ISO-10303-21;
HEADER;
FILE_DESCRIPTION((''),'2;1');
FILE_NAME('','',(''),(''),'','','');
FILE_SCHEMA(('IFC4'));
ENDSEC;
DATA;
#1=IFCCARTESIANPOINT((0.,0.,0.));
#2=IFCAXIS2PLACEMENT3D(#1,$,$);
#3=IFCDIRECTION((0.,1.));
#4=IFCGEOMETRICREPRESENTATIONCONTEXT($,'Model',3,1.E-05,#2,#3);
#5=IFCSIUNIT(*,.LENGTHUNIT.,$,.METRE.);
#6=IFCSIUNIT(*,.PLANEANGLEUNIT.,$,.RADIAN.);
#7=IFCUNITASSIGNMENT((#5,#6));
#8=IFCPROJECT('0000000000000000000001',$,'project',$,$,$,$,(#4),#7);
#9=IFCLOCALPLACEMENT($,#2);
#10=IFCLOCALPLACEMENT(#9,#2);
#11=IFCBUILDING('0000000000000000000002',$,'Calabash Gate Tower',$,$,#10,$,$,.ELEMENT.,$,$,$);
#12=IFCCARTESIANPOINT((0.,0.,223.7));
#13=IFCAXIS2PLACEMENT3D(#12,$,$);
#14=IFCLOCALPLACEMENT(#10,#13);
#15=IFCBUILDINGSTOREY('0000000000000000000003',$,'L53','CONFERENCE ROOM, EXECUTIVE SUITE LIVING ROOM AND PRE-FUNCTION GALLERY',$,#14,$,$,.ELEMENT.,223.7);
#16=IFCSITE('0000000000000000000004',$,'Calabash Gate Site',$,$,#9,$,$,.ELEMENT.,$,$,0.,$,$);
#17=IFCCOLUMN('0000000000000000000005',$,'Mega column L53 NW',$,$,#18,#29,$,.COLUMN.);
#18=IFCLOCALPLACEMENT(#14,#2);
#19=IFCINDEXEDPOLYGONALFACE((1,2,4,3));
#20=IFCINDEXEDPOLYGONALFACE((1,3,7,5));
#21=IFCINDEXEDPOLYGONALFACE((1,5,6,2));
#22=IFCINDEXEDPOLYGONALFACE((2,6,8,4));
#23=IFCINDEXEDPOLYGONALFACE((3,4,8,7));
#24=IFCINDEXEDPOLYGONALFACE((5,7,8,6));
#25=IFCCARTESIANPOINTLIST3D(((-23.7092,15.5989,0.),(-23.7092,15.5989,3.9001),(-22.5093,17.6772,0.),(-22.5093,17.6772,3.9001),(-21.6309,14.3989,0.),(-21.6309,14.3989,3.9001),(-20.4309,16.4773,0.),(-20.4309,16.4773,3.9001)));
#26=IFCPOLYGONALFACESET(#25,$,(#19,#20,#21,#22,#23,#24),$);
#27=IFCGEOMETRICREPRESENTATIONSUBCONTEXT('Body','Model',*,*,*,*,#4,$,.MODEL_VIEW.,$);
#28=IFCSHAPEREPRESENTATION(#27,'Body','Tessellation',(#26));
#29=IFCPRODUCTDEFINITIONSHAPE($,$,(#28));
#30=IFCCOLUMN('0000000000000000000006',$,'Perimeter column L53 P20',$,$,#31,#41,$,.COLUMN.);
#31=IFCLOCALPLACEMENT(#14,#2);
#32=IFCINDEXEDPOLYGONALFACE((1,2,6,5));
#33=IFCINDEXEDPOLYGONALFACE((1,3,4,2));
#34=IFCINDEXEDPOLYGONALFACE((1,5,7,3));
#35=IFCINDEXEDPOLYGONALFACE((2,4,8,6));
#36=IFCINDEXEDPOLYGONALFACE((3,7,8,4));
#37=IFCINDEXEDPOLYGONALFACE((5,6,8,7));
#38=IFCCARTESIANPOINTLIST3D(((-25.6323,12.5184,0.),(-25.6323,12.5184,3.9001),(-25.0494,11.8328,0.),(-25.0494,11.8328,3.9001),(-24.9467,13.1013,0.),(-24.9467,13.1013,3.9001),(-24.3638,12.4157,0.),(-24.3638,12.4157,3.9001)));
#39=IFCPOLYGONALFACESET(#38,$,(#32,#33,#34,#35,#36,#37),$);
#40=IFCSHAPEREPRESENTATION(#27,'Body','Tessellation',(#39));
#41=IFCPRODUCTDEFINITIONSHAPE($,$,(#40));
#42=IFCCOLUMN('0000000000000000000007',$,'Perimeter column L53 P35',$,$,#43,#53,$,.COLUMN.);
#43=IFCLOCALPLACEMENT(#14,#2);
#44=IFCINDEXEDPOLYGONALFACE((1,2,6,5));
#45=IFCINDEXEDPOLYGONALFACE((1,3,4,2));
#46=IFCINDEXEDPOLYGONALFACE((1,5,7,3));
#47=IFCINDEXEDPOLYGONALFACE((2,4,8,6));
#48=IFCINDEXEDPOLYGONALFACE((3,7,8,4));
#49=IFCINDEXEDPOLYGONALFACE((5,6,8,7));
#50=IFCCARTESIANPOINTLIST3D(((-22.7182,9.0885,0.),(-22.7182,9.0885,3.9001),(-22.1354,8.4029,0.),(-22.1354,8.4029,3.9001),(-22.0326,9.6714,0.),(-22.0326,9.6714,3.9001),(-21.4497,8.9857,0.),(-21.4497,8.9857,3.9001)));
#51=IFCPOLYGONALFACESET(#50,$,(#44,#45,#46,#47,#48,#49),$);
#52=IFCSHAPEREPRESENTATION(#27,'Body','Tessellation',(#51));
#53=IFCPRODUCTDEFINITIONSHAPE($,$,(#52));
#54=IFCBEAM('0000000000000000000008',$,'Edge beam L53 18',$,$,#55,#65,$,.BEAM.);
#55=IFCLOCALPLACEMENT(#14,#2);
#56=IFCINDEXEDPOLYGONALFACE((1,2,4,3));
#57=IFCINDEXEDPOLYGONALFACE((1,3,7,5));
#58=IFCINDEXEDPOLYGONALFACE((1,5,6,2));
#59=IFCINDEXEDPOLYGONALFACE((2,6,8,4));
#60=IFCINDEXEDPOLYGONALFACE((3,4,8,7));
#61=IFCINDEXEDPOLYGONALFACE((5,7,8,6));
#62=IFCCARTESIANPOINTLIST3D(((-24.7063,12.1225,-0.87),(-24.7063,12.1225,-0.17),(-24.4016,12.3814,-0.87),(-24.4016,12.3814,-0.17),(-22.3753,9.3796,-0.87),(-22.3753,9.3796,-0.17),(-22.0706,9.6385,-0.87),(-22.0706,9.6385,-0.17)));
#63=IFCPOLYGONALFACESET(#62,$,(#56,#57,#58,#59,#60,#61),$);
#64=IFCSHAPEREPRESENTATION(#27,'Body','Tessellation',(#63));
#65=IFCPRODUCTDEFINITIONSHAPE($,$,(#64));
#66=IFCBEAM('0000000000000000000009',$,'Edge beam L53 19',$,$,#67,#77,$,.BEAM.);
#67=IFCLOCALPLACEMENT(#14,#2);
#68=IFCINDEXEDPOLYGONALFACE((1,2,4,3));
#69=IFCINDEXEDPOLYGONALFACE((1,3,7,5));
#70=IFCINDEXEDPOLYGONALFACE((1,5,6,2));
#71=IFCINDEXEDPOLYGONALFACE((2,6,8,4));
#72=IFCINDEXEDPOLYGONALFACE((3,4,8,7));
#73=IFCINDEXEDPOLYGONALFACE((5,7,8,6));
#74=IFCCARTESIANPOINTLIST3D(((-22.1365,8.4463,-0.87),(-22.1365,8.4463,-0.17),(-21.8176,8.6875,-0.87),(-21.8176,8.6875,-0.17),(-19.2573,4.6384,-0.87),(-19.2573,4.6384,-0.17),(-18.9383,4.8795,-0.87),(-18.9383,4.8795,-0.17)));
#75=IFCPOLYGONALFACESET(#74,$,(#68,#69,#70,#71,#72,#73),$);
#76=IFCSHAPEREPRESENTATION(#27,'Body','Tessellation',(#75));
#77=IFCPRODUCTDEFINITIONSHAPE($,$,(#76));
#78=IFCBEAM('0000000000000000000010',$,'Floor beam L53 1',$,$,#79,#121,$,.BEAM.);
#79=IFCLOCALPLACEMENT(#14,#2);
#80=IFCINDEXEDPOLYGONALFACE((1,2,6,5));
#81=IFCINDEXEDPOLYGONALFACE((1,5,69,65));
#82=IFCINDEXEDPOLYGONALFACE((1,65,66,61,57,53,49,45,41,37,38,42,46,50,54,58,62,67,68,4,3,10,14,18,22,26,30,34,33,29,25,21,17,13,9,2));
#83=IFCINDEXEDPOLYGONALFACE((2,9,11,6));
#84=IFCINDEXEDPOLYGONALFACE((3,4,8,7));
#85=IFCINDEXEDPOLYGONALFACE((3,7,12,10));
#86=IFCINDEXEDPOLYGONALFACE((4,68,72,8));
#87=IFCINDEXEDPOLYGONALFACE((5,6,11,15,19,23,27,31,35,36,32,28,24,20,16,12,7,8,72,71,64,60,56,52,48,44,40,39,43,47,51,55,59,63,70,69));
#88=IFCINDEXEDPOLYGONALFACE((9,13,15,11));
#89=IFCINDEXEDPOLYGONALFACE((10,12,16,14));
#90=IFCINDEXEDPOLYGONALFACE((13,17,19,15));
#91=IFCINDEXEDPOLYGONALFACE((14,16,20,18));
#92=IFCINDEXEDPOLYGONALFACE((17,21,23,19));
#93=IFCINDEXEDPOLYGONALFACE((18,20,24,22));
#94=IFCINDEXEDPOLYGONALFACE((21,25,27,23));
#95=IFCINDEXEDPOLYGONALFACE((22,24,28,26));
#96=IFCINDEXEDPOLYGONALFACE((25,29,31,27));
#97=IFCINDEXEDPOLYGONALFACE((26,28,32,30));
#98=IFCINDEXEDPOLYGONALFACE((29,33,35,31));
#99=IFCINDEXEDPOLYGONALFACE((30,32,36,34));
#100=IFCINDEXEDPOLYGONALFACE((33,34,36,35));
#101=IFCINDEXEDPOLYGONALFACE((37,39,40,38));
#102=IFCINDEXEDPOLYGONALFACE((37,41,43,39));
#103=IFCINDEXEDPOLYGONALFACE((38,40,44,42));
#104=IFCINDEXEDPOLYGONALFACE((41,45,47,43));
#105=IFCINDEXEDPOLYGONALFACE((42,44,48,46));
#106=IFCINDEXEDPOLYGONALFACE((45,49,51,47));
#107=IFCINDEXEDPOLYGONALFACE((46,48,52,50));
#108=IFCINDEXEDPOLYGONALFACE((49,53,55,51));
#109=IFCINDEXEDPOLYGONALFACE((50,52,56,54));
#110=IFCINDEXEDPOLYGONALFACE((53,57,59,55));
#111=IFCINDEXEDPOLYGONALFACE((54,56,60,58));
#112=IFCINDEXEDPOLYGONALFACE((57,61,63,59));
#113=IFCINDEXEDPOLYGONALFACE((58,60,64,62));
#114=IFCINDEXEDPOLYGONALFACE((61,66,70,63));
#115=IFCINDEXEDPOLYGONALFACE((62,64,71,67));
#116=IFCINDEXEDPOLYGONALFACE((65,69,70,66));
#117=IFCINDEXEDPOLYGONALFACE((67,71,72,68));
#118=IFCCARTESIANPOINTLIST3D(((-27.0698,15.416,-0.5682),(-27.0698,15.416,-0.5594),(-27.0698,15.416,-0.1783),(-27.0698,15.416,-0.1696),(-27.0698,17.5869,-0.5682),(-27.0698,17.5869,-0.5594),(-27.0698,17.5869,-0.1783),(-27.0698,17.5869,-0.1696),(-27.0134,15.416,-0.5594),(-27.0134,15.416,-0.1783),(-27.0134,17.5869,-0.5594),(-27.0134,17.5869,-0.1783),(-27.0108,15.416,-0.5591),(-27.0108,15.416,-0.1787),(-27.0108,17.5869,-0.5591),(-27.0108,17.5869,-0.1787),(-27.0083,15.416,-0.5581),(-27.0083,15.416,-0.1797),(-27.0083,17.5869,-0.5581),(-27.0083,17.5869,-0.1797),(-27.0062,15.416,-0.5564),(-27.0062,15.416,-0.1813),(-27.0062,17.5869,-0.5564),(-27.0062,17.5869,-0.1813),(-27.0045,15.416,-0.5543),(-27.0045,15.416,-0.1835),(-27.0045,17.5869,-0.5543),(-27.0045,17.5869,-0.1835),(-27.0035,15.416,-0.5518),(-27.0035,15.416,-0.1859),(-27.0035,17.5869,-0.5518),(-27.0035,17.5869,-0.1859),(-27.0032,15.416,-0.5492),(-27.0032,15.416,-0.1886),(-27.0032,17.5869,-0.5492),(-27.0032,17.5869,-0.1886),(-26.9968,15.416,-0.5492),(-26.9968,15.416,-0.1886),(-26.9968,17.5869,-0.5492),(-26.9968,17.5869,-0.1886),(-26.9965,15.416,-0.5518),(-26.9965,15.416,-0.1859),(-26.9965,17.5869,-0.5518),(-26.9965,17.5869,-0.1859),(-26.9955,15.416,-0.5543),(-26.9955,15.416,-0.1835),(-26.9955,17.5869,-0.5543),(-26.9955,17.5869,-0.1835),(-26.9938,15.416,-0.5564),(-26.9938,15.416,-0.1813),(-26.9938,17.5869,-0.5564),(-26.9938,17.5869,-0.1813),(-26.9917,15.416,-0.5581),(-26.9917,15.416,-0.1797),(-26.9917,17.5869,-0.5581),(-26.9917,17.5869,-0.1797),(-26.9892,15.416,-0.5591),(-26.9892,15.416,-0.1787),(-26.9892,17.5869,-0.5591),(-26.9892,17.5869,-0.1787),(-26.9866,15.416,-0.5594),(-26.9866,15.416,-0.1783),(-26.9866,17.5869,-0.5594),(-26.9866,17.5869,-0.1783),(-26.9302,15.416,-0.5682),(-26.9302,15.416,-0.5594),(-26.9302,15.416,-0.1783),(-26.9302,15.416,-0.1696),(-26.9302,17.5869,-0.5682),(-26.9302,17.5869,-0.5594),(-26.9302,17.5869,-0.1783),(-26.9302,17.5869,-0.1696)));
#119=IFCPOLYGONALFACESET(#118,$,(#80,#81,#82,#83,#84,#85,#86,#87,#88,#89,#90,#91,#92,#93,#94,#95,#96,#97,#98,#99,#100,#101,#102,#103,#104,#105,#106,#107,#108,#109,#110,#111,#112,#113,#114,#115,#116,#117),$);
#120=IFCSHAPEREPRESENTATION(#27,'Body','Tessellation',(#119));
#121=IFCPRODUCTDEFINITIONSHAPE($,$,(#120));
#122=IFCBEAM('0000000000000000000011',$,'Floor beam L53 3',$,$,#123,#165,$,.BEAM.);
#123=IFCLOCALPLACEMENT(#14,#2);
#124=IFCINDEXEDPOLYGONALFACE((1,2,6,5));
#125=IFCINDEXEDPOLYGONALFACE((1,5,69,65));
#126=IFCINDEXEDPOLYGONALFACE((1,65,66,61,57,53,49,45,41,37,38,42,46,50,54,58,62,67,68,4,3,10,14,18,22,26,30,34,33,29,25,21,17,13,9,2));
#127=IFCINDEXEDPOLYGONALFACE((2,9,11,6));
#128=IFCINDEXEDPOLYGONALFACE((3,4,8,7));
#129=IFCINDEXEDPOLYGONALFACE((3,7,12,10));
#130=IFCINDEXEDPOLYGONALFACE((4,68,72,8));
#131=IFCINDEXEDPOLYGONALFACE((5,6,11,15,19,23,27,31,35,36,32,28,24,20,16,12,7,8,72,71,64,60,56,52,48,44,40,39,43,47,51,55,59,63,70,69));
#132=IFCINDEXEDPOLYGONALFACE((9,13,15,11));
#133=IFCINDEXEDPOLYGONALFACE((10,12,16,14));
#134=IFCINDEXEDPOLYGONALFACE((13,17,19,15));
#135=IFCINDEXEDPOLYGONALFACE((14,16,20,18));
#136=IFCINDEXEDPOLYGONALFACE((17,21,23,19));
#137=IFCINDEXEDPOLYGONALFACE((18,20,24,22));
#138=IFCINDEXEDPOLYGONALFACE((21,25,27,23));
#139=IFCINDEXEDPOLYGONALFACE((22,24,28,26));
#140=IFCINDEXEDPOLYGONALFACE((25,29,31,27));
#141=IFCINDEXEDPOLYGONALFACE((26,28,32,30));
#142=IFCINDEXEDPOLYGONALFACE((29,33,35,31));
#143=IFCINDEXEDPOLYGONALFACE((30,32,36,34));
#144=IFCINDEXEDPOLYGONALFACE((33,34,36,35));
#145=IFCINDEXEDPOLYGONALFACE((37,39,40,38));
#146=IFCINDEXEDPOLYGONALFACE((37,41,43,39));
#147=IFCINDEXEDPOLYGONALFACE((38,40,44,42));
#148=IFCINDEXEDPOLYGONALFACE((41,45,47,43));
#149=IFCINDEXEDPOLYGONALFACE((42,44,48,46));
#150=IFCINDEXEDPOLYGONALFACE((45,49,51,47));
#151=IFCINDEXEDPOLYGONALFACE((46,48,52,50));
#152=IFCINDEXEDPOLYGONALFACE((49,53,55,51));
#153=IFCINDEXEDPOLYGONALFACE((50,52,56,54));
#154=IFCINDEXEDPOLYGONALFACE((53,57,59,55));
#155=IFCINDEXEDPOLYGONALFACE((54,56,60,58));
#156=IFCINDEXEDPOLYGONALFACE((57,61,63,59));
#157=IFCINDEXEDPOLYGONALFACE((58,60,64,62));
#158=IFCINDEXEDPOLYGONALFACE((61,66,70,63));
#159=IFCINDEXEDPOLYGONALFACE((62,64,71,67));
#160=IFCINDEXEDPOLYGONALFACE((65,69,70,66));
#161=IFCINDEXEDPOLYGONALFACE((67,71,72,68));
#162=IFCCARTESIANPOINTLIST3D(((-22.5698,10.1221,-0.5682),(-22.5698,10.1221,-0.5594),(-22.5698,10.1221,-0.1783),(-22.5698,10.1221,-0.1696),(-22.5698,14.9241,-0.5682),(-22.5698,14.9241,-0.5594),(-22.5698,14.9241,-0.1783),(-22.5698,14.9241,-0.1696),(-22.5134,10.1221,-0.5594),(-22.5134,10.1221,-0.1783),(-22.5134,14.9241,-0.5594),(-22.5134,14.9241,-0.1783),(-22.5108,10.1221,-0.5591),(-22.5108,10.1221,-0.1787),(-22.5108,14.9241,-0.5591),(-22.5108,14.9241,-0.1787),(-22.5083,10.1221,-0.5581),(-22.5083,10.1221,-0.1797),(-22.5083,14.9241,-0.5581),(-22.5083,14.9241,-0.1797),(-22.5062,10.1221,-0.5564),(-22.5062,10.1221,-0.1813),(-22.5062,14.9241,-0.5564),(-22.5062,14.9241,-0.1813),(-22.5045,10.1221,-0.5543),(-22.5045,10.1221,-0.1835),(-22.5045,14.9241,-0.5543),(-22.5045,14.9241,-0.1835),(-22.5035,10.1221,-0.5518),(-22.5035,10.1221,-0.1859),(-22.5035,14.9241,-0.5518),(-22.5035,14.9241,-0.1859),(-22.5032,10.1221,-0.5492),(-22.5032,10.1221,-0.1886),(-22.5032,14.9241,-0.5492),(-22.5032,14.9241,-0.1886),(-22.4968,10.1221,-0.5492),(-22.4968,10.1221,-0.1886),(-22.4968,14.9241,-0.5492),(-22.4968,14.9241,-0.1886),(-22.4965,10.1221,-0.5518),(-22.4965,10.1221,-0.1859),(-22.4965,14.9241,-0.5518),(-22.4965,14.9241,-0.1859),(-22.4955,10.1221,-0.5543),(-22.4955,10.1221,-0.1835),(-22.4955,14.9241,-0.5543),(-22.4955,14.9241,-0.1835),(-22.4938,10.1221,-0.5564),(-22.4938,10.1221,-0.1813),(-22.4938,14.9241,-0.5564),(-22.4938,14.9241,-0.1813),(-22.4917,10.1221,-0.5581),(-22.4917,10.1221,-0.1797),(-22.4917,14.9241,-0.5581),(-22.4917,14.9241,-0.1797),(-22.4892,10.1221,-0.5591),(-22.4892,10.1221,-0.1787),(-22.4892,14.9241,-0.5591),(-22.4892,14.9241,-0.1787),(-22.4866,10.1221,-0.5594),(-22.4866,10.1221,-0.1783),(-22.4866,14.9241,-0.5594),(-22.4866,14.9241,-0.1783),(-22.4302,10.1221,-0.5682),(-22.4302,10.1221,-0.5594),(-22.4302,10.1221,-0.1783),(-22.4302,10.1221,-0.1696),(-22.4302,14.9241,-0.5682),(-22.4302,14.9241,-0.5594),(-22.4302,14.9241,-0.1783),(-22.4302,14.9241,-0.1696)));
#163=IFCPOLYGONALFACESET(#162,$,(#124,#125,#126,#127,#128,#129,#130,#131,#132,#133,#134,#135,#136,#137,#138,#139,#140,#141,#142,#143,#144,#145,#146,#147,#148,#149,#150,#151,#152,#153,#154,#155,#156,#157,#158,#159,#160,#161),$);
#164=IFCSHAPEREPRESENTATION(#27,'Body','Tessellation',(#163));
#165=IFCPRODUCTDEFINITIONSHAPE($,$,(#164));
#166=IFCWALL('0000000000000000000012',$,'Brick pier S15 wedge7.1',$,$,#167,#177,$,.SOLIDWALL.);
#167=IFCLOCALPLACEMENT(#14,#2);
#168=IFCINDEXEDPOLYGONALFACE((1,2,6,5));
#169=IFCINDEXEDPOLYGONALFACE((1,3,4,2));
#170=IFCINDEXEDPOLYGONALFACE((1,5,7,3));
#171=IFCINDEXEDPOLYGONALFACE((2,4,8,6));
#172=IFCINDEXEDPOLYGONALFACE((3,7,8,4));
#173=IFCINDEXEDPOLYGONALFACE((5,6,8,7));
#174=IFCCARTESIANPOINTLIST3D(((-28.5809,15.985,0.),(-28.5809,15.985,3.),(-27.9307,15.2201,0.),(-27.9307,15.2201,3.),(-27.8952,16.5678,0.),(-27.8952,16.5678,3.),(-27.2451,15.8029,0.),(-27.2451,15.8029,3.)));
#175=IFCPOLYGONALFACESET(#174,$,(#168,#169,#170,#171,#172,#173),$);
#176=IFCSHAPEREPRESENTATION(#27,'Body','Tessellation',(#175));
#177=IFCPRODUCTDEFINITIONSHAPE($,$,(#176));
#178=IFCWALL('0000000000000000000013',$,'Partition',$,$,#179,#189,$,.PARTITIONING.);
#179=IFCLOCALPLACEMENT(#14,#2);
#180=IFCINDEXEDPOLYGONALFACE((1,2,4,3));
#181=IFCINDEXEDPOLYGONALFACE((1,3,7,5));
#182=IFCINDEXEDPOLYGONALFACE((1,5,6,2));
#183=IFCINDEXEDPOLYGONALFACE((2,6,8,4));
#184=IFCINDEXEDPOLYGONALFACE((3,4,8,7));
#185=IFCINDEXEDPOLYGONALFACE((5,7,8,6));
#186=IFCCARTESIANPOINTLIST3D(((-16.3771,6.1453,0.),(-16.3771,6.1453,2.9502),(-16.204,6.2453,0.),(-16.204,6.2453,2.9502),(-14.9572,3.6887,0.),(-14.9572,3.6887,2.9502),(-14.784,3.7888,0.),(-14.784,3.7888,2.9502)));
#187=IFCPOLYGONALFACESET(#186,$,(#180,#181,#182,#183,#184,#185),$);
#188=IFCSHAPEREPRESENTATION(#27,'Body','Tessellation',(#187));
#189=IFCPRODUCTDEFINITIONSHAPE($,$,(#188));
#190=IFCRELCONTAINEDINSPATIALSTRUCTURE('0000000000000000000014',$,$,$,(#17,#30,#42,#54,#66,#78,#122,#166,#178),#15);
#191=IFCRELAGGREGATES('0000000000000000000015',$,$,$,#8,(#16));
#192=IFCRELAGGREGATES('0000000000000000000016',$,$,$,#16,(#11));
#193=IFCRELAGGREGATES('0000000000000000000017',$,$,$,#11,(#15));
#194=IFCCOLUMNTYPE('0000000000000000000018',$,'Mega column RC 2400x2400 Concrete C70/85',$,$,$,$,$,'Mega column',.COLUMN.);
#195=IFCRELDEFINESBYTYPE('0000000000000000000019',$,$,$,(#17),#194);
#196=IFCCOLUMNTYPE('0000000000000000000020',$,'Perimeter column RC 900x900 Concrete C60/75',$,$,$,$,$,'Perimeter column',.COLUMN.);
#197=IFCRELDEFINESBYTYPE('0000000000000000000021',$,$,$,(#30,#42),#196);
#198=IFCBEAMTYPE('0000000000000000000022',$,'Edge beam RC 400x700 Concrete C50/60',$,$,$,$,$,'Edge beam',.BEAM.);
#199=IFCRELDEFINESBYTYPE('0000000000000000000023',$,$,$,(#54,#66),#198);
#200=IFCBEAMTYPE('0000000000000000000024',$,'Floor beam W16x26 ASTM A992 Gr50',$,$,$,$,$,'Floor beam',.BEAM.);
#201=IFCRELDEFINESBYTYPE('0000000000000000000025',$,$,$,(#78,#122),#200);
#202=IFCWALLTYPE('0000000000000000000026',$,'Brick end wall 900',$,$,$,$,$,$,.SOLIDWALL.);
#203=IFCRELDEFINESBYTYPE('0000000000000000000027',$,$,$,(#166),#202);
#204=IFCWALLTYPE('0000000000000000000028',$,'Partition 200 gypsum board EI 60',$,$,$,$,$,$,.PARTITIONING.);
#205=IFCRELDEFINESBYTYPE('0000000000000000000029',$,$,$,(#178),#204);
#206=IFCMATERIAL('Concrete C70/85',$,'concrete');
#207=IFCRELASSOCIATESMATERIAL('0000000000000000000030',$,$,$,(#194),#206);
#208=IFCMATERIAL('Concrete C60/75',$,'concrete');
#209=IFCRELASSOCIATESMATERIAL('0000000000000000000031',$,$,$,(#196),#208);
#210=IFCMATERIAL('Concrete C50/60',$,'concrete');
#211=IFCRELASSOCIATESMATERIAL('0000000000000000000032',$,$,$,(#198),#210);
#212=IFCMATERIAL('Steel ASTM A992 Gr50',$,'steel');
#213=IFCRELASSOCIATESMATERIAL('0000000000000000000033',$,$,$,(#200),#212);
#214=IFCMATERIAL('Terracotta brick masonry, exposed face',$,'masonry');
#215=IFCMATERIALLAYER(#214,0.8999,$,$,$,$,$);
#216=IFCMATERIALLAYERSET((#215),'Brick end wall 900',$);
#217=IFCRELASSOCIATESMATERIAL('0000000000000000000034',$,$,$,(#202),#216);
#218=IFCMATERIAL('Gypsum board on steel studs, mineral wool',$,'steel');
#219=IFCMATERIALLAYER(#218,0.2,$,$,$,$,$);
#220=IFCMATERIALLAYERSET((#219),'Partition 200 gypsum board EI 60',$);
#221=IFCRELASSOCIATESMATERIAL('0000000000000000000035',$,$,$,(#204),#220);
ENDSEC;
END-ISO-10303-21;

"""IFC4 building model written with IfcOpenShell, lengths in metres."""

from ifc_helpers import new_model, si_unit, direction, frame, frame_2d, origin, origin_2d, place, context, subcontext, project, spatial, rectangle, i_section, extrude, material, layer, layer_set, material_profile, profile_set, type_object, element, save


model = new_model("IFC4")

# Units and contexts
model_context = context("Model", 3, precision=1e-05, world=origin(), true_north=direction((0.0, 1.0)))
body_context = subcontext(model_context, "Body", "Model", "MODEL_VIEW")
ifc_project = project(units=[si_unit("LENGTHUNIT", "METRE"), si_unit("PLANEANGLEUNIT", "RADIAN")], contexts=[model_context])

# Site, building, storey
site_placement = place(None, origin())
site = spatial("IfcSite", under=ifc_project, at=site_placement, Name="Calabash Gate Site", CompositionType="ELEMENT", RefElevation=0.0)
building_placement = place(site_placement, origin())
building = spatial("IfcBuilding", under=site, at=building_placement, Name="Calabash Gate Tower", CompositionType="ELEMENT")
storey_placement = place(building_placement, frame((0.0, 0.0, 223.7)))
storey = spatial("IfcBuildingStorey", under=building, at=storey_placement, Name="L53", Description="CONFERENCE ROOM, EXECUTIVE SUITE LIVING ROOM AND PRE-FUNCTION GALLERY", CompositionType="ELEMENT", Elevation=223.7)

# Columns
ifc_material_1 = material(Name="Concrete C70/85", Category="concrete")
ifc_material_profile_1 = material_profile(ifc_material_1, rectangle(XDim=2.3999, YDim=2.3999, at=origin_2d()))
ifc_profile_set_1 = profile_set([ifc_material_profile_1], Name="Concrete C70/85")
column_type_1 = type_object("IfcColumnType", Name="Mega column RC 2400x2400 Concrete C70/85", ElementType="Mega column", PredefinedType="COLUMN", material=ifc_profile_set_1)
column_placement = place(storey_placement, frame((-22.0701, 16.0381, 0.0), z_axis=(0.0, 0.0, 1.0), x_axis=(0.866025, -0.5, 0.0)))
element("IfcColumn", 1, at=column_placement, inside=storey, type_object=column_type_1, Name="Mega column L53 NW", PredefinedType="COLUMN", context=body_context, shape_type="SweptSolid", body=[
    extrude(rectangle(XDim=2.3999, YDim=2.3999, at=origin_2d()), origin(), (0.0, 0.0, 1.0), 3.9001),
])
ifc_material_2 = material(Name="Concrete C60/75", Category="concrete")
ifc_material_profile_2 = material_profile(ifc_material_2, rectangle(XDim=0.8999, YDim=0.8999, at=origin_2d()))
ifc_profile_set_2 = profile_set([ifc_material_profile_2], Name="Concrete C60/75")
column_type_2 = type_object("IfcColumnType", Name="Perimeter column RC 900x900 Concrete C60/75", ElementType="Perimeter column", PredefinedType="COLUMN", material=ifc_profile_set_2)
for number, where, z_axis, x_axis, name in (
    (2, (-24.998, 12.467, 0.0), (0.0, 0.0, 1.0), (0.647704, -0.761892, 0.0), "Perimeter column L53 P20"),
    (3, (-22.084, 9.0371, 0.0), (0.0, 0.0, 1.0), (0.647704, -0.761892, 0.0), "Perimeter column L53 P35"),
):
    element("IfcColumn", number, at=place(storey_placement, frame(where, z_axis=z_axis, x_axis=x_axis)), inside=storey, type_object=column_type_2, Name=name, PredefinedType="COLUMN", context=body_context, shape_type="SweptSolid", body=[
        extrude(rectangle(XDim=0.8999, YDim=0.8999, at=origin_2d()), origin(), (0.0, 0.0, 1.0), 3.9001),
    ])

# Beams
ifc_material_3 = material(Name="Concrete C50/60", Category="concrete")
ifc_material_profile_3 = material_profile(ifc_material_3, rectangle(XDim=0.3999, YDim=0.7, at=origin_2d()))
ifc_profile_set_3 = profile_set([ifc_material_profile_3], Name="Concrete C50/60")
beam_type_1 = type_object("IfcBeamType", Name="Edge beam RC 400x700 Concrete C50/60", ElementType="Edge beam", PredefinedType="BEAM", material=ifc_profile_set_3)
beam_1_placement = place(storey_placement, frame((-24.554, 12.252, -0.52), z_axis=(0.64758, -0.761998, 0.0), x_axis=(0.761998, 0.64758, 0.0)))
element("IfcBeam", 4, at=beam_1_placement, inside=storey, type_object=beam_type_1, Name="Edge beam L53 18", PredefinedType="BEAM", context=body_context, shape_type="SweptSolid", body=[
    extrude(rectangle(XDim=0.3999, YDim=0.7, at=origin_2d()), origin(), (0.0, 0.0, 1.0), 3.5996),
])
beam_2_placement = place(storey_placement, frame((-21.9771, 8.5669, -0.52), z_axis=(0.603113, -0.797656, 0.0), x_axis=(0.797656, 0.603113, 0.0)))
element("IfcBeam", 5, at=beam_2_placement, inside=storey, type_object=beam_type_1, Name="Edge beam L53 19", PredefinedType="BEAM", context=body_context, shape_type="SweptSolid", body=[
    extrude(rectangle(XDim=0.3999, YDim=0.7, at=origin_2d()), origin(), (0.0, 0.0, 1.0), 4.7739),
])
ifc_material_4 = material(Name="Steel ASTM A992 Gr50", Category="steel")
ifc_material_profile_4 = material_profile(ifc_material_4, i_section(OverallWidth=0.1396, OverallDepth=0.3987, WebThickness=0.0063, FlangeThickness=0.0088, FilletRadius=0.0103, at=origin_2d()))
ifc_profile_set_4 = profile_set([ifc_material_profile_4], Name="Steel ASTM A992 Gr50")
beam_type_2 = type_object("IfcBeamType", Name="Floor beam W16x26 ASTM A992 Gr50", ElementType="Floor beam", PredefinedType="BEAM", material=ifc_profile_set_4)
beam_3_placement = place(storey_placement, frame((-27.0, 15.416, -0.3689), z_axis=(0.0, 1.0, 0.0), x_axis=(-1.0, 0.0, 0.0)))
element("IfcBeam", 6, at=beam_3_placement, inside=storey, type_object=beam_type_2, Name="Floor beam L53 1", PredefinedType="BEAM", context=body_context, shape_type="SweptSolid", body=[
    extrude(i_section(OverallWidth=0.1396, OverallDepth=0.3987, WebThickness=0.0063, FlangeThickness=0.0088, FilletRadius=0.0103, at=origin_2d()), origin(), (0.0, 0.0, 1.0), 2.1709),
])
beam_4_placement = place(storey_placement, frame((-22.5, 10.1221, -0.3689), z_axis=(0.0, 1.0, 0.0), x_axis=(-1.0, 0.0, 0.0)))
element("IfcBeam", 7, at=beam_4_placement, inside=storey, type_object=beam_type_2, Name="Floor beam L53 3", PredefinedType="BEAM", context=body_context, shape_type="SweptSolid", body=[
    extrude(i_section(OverallWidth=0.1396, OverallDepth=0.3987, WebThickness=0.0063, FlangeThickness=0.0088, FilletRadius=0.0103, at=origin_2d()), origin(), (0.0, 0.0, 1.0), 4.802),
])

# Walls
ifc_material_5 = material(Name="Terracotta brick masonry, exposed face", Category="masonry")
ifc_layer_1 = layer(ifc_material_5, 0.8999)
ifc_layer_set_1 = layer_set([ifc_layer_1], Name="Brick end wall 900")
wall_type_1 = type_object("IfcWallType", Name="Brick end wall 900", PredefinedType="SOLIDWALL", material=ifc_layer_set_1)
wall_1_placement = place(storey_placement, frame((-27.5879, 15.5115, 0.0), z_axis=(0.0, 0.0, 1.0), x_axis=(-0.647641, 0.761945, 0.0)))
element("IfcWall", 8, at=wall_1_placement, inside=storey, type_object=wall_type_1, Name="Brick pier S15 wedge7.1", PredefinedType="SOLIDWALL", context=body_context, shape_type="SweptSolid", body=[
    extrude(rectangle(XDim=1.0039, YDim=0.8999, at=frame_2d((0.502, 0.0))), origin(), (0.0, 0.0, 1.0), 3.0),
])
ifc_material_6 = material(Name="Gypsum board on steel studs, mineral wool", Category="steel")
ifc_layer_2 = layer(ifc_material_6, 0.2)
ifc_layer_set_2 = layer_set([ifc_layer_2], Name="Partition 200 gypsum board EI 60")
wall_type_2 = type_object("IfcWallType", Name="Partition 200 gypsum board EI 60", PredefinedType="PARTITIONING", material=ifc_layer_set_2)
wall_2_placement = place(storey_placement, frame((-16.2905, 6.1953, 0.0), z_axis=(0.0, 0.0, 1.0), x_axis=(0.500432, -0.865776, 0.0)))
element("IfcWall", 9, at=wall_2_placement, inside=storey, type_object=wall_type_2, Name="Partition", PredefinedType="PARTITIONING", context=body_context, shape_type="SweptSolid", body=[
    extrude(rectangle(XDim=2.8374, YDim=0.2, at=frame_2d((1.4187, 0.0))), origin(), (0.0, 0.0, 1.0), 2.9502),
])

save(model, "model.ifc")
